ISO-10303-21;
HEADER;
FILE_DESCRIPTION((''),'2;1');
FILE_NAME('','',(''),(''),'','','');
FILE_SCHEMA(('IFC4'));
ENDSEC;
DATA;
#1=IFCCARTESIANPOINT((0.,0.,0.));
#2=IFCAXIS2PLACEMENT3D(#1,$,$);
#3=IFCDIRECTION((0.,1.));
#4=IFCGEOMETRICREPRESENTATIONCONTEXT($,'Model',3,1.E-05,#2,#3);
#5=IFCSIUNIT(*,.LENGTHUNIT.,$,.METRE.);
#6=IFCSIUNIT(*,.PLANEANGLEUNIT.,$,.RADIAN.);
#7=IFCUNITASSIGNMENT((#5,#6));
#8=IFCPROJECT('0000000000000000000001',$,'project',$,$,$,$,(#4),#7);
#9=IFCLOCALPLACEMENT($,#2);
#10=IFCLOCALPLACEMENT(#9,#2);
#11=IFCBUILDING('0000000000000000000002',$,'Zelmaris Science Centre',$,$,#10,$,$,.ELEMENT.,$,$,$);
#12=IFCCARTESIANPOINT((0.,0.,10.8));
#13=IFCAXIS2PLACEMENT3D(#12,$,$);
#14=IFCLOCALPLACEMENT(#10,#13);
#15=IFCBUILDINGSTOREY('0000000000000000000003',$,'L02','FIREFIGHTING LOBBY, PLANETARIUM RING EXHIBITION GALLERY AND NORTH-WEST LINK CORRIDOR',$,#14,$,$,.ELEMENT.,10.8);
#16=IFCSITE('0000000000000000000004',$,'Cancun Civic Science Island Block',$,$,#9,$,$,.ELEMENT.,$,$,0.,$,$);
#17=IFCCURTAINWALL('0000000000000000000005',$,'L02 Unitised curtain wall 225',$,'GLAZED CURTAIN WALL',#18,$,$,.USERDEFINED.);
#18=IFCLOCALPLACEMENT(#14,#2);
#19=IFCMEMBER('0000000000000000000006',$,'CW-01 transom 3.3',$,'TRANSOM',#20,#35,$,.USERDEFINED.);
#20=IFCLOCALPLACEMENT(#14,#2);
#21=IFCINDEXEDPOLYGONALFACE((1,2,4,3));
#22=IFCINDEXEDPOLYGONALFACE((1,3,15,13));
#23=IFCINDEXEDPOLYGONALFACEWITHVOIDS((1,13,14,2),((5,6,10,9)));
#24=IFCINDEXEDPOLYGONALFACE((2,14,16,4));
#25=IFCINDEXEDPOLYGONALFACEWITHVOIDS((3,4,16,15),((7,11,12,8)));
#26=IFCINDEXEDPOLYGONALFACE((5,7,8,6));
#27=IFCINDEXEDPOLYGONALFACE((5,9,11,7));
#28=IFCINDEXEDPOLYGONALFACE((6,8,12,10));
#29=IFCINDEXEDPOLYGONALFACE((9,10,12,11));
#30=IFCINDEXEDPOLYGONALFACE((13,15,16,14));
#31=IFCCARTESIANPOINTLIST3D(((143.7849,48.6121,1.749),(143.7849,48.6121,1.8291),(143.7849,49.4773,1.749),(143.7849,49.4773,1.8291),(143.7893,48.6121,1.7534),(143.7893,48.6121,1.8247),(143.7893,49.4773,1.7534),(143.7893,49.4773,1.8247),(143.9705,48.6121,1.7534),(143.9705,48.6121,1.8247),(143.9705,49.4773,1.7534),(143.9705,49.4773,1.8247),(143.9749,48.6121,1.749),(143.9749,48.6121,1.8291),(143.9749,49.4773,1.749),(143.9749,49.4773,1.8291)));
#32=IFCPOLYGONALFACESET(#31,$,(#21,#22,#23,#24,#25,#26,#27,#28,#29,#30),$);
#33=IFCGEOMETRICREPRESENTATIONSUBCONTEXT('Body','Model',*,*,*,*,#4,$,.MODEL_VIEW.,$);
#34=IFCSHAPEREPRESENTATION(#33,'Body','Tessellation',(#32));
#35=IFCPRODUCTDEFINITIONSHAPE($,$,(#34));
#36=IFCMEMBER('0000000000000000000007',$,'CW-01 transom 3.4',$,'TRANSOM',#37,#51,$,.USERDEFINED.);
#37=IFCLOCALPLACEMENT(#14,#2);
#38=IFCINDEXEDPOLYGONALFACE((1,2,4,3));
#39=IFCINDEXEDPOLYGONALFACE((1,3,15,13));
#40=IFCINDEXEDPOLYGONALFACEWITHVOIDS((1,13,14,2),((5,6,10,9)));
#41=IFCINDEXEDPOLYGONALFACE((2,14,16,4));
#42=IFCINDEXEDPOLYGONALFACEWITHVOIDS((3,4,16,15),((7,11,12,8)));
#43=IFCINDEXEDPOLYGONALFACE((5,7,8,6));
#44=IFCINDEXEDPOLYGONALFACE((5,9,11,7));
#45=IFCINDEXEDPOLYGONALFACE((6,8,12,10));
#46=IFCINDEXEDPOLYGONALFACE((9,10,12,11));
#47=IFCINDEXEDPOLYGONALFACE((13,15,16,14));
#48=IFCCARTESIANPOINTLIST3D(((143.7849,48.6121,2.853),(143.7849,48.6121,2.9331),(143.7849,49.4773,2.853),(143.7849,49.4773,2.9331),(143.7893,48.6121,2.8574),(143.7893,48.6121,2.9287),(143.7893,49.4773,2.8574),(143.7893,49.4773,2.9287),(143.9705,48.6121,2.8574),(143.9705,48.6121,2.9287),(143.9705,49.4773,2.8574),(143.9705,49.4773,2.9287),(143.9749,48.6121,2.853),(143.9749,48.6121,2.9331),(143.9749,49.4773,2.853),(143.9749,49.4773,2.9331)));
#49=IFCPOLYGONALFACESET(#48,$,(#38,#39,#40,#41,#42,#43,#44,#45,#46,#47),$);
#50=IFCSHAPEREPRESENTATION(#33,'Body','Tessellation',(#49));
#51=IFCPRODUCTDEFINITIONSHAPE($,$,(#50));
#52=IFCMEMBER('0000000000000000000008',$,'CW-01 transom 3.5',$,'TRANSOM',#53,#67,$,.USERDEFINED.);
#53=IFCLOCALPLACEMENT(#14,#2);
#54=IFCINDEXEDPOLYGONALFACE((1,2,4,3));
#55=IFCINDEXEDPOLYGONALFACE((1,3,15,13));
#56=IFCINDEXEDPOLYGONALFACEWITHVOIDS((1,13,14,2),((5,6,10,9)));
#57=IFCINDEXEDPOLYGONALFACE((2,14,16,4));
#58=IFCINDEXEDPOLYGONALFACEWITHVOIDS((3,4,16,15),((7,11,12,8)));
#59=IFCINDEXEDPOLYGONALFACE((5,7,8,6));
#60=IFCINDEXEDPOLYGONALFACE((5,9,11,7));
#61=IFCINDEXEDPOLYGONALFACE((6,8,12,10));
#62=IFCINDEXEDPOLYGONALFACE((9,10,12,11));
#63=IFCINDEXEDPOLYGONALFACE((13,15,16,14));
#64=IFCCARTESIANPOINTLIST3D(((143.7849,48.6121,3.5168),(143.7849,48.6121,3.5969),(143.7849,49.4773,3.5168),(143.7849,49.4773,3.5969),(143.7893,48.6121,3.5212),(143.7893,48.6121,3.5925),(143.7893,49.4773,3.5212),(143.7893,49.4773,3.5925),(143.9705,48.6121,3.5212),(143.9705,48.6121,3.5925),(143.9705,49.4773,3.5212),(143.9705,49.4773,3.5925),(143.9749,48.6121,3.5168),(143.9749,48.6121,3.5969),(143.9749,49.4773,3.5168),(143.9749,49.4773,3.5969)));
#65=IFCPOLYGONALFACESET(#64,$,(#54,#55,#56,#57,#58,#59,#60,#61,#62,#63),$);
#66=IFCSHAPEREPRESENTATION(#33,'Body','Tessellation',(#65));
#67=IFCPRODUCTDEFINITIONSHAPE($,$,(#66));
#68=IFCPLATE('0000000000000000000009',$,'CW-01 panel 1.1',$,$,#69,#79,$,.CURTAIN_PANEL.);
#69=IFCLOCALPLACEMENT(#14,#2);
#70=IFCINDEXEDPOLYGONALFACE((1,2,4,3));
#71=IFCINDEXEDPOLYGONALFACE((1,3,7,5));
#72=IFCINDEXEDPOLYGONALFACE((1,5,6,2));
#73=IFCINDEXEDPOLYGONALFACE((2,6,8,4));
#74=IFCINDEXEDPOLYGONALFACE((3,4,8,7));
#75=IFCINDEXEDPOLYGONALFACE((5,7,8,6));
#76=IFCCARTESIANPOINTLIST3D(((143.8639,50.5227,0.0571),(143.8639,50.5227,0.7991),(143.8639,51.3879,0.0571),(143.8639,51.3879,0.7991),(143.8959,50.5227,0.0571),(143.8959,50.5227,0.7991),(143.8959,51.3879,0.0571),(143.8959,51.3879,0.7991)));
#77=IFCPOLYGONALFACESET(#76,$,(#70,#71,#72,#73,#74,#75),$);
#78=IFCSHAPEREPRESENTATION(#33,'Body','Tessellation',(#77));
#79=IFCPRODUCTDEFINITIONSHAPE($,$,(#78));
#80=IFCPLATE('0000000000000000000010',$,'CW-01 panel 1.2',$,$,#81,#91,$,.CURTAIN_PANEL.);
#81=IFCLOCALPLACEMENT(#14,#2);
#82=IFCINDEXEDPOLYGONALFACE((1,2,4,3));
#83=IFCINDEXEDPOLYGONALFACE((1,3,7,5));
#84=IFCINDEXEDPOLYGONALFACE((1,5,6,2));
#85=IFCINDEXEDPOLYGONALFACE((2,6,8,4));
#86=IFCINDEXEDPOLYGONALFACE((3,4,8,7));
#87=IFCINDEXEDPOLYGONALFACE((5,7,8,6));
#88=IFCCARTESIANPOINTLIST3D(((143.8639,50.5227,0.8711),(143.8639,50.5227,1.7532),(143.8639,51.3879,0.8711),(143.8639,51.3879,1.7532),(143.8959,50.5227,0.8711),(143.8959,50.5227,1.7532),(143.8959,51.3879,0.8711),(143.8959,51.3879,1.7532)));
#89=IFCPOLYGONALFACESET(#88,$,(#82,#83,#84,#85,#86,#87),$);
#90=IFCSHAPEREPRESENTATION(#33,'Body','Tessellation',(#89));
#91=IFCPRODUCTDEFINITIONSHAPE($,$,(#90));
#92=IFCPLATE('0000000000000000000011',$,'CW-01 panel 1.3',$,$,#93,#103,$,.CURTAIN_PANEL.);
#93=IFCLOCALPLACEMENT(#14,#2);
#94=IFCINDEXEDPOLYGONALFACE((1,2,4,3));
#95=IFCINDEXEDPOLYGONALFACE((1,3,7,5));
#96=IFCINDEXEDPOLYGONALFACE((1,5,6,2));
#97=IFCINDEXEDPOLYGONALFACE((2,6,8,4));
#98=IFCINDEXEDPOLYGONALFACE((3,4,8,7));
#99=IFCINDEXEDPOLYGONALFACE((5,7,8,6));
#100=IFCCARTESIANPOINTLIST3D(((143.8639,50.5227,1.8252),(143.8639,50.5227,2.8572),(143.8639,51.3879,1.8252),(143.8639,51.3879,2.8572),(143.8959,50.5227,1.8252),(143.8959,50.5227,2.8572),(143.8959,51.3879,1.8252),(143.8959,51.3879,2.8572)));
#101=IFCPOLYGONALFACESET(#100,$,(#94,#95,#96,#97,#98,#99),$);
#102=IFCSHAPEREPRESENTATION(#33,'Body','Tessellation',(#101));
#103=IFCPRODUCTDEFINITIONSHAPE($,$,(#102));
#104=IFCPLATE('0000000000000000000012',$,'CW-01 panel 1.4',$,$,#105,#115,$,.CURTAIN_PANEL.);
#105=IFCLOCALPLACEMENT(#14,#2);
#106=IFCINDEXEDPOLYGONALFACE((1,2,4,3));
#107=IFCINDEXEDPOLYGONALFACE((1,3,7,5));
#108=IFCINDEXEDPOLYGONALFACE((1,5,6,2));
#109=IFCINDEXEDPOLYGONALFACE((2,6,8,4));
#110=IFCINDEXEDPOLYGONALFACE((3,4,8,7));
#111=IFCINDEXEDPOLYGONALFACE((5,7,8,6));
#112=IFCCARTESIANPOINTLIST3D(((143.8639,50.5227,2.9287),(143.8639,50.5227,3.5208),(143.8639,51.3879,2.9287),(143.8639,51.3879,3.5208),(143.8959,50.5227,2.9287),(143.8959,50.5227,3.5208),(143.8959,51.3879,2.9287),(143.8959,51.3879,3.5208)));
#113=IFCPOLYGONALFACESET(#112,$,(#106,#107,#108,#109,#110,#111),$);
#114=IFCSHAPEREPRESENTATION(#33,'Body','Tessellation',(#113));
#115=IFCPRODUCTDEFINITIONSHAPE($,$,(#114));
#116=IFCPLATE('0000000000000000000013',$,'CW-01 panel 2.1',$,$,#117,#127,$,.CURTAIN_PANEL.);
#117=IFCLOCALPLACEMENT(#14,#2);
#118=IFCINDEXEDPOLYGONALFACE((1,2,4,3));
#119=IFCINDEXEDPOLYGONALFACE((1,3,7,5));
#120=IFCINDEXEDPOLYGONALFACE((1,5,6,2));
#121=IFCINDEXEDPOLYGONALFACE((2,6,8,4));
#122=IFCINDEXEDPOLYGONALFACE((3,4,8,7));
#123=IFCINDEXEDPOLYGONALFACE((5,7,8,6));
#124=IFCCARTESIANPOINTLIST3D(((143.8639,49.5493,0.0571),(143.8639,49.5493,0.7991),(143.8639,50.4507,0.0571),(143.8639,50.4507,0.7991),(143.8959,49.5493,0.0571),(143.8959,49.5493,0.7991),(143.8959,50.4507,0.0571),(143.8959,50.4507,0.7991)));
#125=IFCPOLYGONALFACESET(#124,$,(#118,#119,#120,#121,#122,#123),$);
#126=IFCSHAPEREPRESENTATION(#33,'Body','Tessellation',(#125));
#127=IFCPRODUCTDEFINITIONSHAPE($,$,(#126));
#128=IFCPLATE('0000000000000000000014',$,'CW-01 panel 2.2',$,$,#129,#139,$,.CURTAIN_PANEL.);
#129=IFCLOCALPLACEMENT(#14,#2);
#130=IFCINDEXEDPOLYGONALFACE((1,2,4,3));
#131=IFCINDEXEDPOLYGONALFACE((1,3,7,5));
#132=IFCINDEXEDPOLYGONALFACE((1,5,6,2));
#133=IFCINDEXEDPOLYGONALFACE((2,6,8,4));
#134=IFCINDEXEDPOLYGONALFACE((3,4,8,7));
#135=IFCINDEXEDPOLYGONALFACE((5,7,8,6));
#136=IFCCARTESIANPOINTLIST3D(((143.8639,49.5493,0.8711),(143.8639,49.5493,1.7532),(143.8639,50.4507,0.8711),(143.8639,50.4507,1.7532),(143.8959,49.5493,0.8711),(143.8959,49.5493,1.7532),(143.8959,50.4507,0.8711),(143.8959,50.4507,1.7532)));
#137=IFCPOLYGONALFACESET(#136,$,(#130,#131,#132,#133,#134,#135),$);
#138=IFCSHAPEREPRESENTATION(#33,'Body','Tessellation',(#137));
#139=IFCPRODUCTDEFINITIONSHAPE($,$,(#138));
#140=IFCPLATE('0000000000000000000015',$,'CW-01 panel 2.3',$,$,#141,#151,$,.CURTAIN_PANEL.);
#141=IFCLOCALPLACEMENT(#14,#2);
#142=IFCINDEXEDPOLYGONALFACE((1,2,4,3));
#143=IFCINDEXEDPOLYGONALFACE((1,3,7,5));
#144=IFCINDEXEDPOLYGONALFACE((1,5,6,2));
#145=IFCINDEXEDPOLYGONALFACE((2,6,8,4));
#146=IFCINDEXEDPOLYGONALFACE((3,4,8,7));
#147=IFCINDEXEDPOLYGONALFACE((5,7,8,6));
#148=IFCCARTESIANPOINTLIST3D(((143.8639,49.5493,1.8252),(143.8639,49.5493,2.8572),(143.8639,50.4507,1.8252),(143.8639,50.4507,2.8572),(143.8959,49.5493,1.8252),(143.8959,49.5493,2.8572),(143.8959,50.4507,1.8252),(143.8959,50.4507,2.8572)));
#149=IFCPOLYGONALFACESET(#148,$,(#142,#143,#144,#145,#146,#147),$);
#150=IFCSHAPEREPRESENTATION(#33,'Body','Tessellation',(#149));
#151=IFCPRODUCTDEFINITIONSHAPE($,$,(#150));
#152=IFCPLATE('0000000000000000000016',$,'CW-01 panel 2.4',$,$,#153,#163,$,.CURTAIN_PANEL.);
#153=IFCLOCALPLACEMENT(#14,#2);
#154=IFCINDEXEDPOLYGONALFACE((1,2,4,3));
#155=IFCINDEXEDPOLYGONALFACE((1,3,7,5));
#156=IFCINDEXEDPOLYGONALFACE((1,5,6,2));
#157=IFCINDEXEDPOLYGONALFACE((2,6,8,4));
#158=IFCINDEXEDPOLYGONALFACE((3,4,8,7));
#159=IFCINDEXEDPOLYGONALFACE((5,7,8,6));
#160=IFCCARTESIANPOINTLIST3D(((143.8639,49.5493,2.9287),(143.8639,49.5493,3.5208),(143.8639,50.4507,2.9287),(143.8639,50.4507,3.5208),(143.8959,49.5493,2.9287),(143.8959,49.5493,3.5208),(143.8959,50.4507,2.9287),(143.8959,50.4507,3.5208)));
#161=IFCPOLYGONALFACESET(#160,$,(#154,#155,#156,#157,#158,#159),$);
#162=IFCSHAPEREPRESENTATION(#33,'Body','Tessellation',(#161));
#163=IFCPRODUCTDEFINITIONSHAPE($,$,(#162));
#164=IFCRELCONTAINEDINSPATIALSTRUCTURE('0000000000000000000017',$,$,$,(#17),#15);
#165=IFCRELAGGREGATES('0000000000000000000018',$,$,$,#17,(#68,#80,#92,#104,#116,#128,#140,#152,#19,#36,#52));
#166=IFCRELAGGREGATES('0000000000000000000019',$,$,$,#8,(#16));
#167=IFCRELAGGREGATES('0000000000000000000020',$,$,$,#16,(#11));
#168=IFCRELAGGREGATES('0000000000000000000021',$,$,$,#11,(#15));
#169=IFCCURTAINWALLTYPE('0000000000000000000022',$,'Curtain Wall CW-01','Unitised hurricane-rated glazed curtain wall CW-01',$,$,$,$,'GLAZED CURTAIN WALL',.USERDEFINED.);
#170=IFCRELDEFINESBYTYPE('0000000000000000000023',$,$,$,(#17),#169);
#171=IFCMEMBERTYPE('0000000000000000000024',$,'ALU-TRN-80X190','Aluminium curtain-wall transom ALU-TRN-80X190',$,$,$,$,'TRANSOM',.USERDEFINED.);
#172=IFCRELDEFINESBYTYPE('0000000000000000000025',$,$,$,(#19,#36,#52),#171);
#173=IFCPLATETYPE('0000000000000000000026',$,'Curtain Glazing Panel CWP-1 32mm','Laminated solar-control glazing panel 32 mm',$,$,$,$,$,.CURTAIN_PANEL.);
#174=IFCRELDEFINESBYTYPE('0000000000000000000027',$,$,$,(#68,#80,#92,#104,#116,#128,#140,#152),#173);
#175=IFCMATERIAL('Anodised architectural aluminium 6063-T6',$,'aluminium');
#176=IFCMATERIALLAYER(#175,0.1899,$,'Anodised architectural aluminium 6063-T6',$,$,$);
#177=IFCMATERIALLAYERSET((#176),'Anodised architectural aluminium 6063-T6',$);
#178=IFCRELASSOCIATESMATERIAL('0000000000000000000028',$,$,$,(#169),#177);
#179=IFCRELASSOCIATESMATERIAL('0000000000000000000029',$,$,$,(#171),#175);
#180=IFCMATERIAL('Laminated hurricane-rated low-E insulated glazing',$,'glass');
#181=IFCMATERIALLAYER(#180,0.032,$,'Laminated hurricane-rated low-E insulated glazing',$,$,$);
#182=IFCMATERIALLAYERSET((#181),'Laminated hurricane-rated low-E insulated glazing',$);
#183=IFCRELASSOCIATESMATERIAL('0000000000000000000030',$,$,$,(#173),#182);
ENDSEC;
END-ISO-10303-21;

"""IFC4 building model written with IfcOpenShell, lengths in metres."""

from ifc_helpers import new_model, si_unit, direction, frame, origin, origin_2d, place, context, subcontext, project, spatial, rectangle, hollow_rectangle, extrude, material, layer, layer_set, material_profile, profile_set, type_object, element, aggregate, save


model = new_model("IFC4")

# Units and contexts
model_context = context("Model", 3, precision=1e-05, world=origin(), true_north=direction((0.0, 1.0)))
body_context = subcontext(model_context, "Body", "Model", "MODEL_VIEW")
ifc_project = project(units=[si_unit("LENGTHUNIT", "METRE"), si_unit("PLANEANGLEUNIT", "RADIAN")], contexts=[model_context])

# Site, building, storey
site_placement = place(None, origin())
site = spatial("IfcSite", under=ifc_project, at=site_placement, Name="Cancun Civic Science Island Block", CompositionType="ELEMENT", RefElevation=0.0)
building_placement = place(site_placement, origin())
building = spatial("IfcBuilding", under=site, at=building_placement, Name="Zelmaris Science Centre", CompositionType="ELEMENT")
storey_placement = place(building_placement, frame((0.0, 0.0, 10.8)))
storey = spatial("IfcBuildingStorey", under=building, at=storey_placement, Name="L02", Description="FIREFIGHTING LOBBY, PLANETARIUM RING EXHIBITION GALLERY AND NORTH-WEST LINK CORRIDOR", CompositionType="ELEMENT", Elevation=10.8)

# Curtain wall, members, plates
ifc_material_1 = material(Name="Anodised architectural aluminium 6063-T6", Category="aluminium")
ifc_layer_1 = layer(ifc_material_1, 0.1899, Name="Anodised architectural aluminium 6063-T6")
ifc_layer_set_1 = layer_set([ifc_layer_1], Name="Anodised architectural aluminium 6063-T6")
curtain_wall_type = type_object("IfcCurtainWallType", Name="Curtain Wall CW-01", Description="Unitised hurricane-rated glazed curtain wall CW-01", ElementType="GLAZED CURTAIN WALL", PredefinedType="USERDEFINED", material=ifc_layer_set_1)
curtain_wall_placement = place(storey_placement, origin())
curtain_wall = element("IfcCurtainWall", 1, at=curtain_wall_placement, inside=storey, type_object=curtain_wall_type, Name="L02 Unitised curtain wall 225", ObjectType="GLAZED CURTAIN WALL", PredefinedType="USERDEFINED")
ifc_material_profile_1 = material_profile(ifc_material_1, hollow_rectangle(XDim=0.0801, YDim=0.1899, WallThickness=0.0044, at=origin_2d()), Name="ALU-TRN-80X190")
ifc_profile_set_1 = profile_set([ifc_material_profile_1], Name="Anodised architectural aluminium 6063-T6")
member_type_1 = type_object("IfcMemberType", Name="ALU-TRN-80X190", Description="Aluminium curtain-wall transom ALU-TRN-80X190", ElementType="TRANSOM", PredefinedType="USERDEFINED", material=ifc_profile_set_1)
member_1_placement = place(storey_placement, frame((143.8799, 49.4773, 1.7891), z_axis=(0.0, -1.0, 0.0), x_axis=(0.0, 0.0, 1.0)))
member_1 = element("IfcMember", 2, at=member_1_placement, type_object=member_type_1, Name="CW-01 transom 3.3", ObjectType="TRANSOM", PredefinedType="USERDEFINED", context=body_context, shape_type="SweptSolid", body=[
    extrude(hollow_rectangle(XDim=0.0801, YDim=0.1899, WallThickness=0.0044, at=origin_2d()), origin(), (0.0, 0.0, 1.0), 0.8652),
])
member_2_placement = place(storey_placement, frame((143.8799, 49.4773, 2.8931), z_axis=(0.0, -1.0, 0.0), x_axis=(0.0, 0.0, 1.0)))
member_2 = element("IfcMember", 3, at=member_2_placement, type_object=member_type_1, Name="CW-01 transom 3.4", ObjectType="TRANSOM", PredefinedType="USERDEFINED", context=body_context, shape_type="SweptSolid", body=[
    extrude(hollow_rectangle(XDim=0.0801, YDim=0.1899, WallThickness=0.0044, at=origin_2d()), origin(), (0.0, 0.0, 1.0), 0.8652),
])
member_3_placement = place(storey_placement, frame((143.8799, 49.4773, 3.5569), z_axis=(0.0, -1.0, 0.0), x_axis=(0.0, 0.0, 1.0)))
member_3 = element("IfcMember", 4, at=member_3_placement, type_object=member_type_1, Name="CW-01 transom 3.5", ObjectType="TRANSOM", PredefinedType="USERDEFINED", context=body_context, shape_type="SweptSolid", body=[
    extrude(hollow_rectangle(XDim=0.0801, YDim=0.1899, WallThickness=0.0044, at=origin_2d()), origin(), (0.0, 0.0, 1.0), 0.8652),
])
ifc_material_2 = material(Name="Laminated hurricane-rated low-E insulated glazing", Category="glass")
ifc_layer_2 = layer(ifc_material_2, 0.032, Name="Laminated hurricane-rated low-E insulated glazing")
ifc_layer_set_2 = layer_set([ifc_layer_2], Name="Laminated hurricane-rated low-E insulated glazing")
plate_type = type_object("IfcPlateType", Name="Curtain Glazing Panel CWP-1 32mm", Description="Laminated solar-control glazing panel 32 mm", PredefinedType="CURTAIN_PANEL", material=ifc_layer_set_2)
plate_1_placement = place(storey_placement, frame((143.8799, 50.9553, 0.0571), z_axis=(0.0, 0.0, 1.0), x_axis=(0.0, -1.0, 0.0)))
plate_1 = element("IfcPlate", 5, at=plate_1_placement, type_object=plate_type, Name="CW-01 panel 1.1", PredefinedType="CURTAIN_PANEL", context=body_context, shape_type="SweptSolid", body=[
    extrude(rectangle(XDim=0.8652, YDim=0.032, at=origin_2d()), origin(), (0.0, 0.0, 1.0), 0.7419),
])
plate_2_placement = place(storey_placement, frame((143.8799, 50.9553, 0.8711), z_axis=(0.0, 0.0, 1.0), x_axis=(0.0, -1.0, 0.0)))
plate_2 = element("IfcPlate", 6, at=plate_2_placement, type_object=plate_type, Name="CW-01 panel 1.2", PredefinedType="CURTAIN_PANEL", context=body_context, shape_type="SweptSolid", body=[
    extrude(rectangle(XDim=0.8652, YDim=0.032, at=origin_2d()), origin(), (0.0, 0.0, 1.0), 0.8821),
])
plate_3_placement = place(storey_placement, frame((143.8799, 50.9553, 1.8252), z_axis=(0.0, 0.0, 1.0), x_axis=(0.0, -1.0, 0.0)))
plate_3 = element("IfcPlate", 7, at=plate_3_placement, type_object=plate_type, Name="CW-01 panel 1.3", PredefinedType="CURTAIN_PANEL", context=body_context, shape_type="SweptSolid", body=[
    extrude(rectangle(XDim=0.8652, YDim=0.032, at=origin_2d()), origin(), (0.0, 0.0, 1.0), 1.032),
])
plate_4_placement = place(storey_placement, frame((143.8799, 50.9553, 2.9287), z_axis=(0.0, 0.0, 1.0), x_axis=(0.0, -1.0, 0.0)))
plate_4 = element("IfcPlate", 8, at=plate_4_placement, type_object=plate_type, Name="CW-01 panel 1.4", PredefinedType="CURTAIN_PANEL", context=body_context, shape_type="SweptSolid", body=[
    extrude(rectangle(XDim=0.8652, YDim=0.032, at=origin_2d()), origin(), (0.0, 0.0, 1.0), 0.592),
])
plate_5_placement = place(storey_placement, frame((143.8799, 50.0, 0.0571), z_axis=(0.0, 0.0, 1.0), x_axis=(0.0, -1.0, 0.0)))
plate_5 = element("IfcPlate", 9, at=plate_5_placement, type_object=plate_type, Name="CW-01 panel 2.1", PredefinedType="CURTAIN_PANEL", context=body_context, shape_type="SweptSolid", body=[
    extrude(rectangle(XDim=0.9014, YDim=0.032, at=origin_2d()), origin(), (0.0, 0.0, 1.0), 0.7419),
])
plate_6_placement = place(storey_placement, frame((143.8799, 50.0, 0.8711), z_axis=(0.0, 0.0, 1.0), x_axis=(0.0, -1.0, 0.0)))
plate_6 = element("IfcPlate", 10, at=plate_6_placement, type_object=plate_type, Name="CW-01 panel 2.2", PredefinedType="CURTAIN_PANEL", context=body_context, shape_type="SweptSolid", body=[
    extrude(rectangle(XDim=0.9014, YDim=0.032, at=origin_2d()), origin(), (0.0, 0.0, 1.0), 0.8821),
])
plate_7_placement = place(storey_placement, frame((143.8799, 50.0, 1.8252), z_axis=(0.0, 0.0, 1.0), x_axis=(0.0, -1.0, 0.0)))
plate_7 = element("IfcPlate", 11, at=plate_7_placement, type_object=plate_type, Name="CW-01 panel 2.3", PredefinedType="CURTAIN_PANEL", context=body_context, shape_type="SweptSolid", body=[
    extrude(rectangle(XDim=0.9014, YDim=0.032, at=origin_2d()), origin(), (0.0, 0.0, 1.0), 1.032),
])
plate_8_placement = place(storey_placement, frame((143.8799, 50.0, 2.9287), z_axis=(0.0, 0.0, 1.0), x_axis=(0.0, -1.0, 0.0)))
plate_8 = element("IfcPlate", 12, at=plate_8_placement, type_object=plate_type, Name="CW-01 panel 2.4", PredefinedType="CURTAIN_PANEL", context=body_context, shape_type="SweptSolid", body=[
    extrude(rectangle(XDim=0.9014, YDim=0.032, at=origin_2d()), origin(), (0.0, 0.0, 1.0), 0.592),
])
aggregate(curtain_wall, [plate_1, plate_2, plate_3, plate_4, plate_5, plate_6, plate_7, plate_8, member_1, member_2, member_3])

save(model, "model.ifc")
